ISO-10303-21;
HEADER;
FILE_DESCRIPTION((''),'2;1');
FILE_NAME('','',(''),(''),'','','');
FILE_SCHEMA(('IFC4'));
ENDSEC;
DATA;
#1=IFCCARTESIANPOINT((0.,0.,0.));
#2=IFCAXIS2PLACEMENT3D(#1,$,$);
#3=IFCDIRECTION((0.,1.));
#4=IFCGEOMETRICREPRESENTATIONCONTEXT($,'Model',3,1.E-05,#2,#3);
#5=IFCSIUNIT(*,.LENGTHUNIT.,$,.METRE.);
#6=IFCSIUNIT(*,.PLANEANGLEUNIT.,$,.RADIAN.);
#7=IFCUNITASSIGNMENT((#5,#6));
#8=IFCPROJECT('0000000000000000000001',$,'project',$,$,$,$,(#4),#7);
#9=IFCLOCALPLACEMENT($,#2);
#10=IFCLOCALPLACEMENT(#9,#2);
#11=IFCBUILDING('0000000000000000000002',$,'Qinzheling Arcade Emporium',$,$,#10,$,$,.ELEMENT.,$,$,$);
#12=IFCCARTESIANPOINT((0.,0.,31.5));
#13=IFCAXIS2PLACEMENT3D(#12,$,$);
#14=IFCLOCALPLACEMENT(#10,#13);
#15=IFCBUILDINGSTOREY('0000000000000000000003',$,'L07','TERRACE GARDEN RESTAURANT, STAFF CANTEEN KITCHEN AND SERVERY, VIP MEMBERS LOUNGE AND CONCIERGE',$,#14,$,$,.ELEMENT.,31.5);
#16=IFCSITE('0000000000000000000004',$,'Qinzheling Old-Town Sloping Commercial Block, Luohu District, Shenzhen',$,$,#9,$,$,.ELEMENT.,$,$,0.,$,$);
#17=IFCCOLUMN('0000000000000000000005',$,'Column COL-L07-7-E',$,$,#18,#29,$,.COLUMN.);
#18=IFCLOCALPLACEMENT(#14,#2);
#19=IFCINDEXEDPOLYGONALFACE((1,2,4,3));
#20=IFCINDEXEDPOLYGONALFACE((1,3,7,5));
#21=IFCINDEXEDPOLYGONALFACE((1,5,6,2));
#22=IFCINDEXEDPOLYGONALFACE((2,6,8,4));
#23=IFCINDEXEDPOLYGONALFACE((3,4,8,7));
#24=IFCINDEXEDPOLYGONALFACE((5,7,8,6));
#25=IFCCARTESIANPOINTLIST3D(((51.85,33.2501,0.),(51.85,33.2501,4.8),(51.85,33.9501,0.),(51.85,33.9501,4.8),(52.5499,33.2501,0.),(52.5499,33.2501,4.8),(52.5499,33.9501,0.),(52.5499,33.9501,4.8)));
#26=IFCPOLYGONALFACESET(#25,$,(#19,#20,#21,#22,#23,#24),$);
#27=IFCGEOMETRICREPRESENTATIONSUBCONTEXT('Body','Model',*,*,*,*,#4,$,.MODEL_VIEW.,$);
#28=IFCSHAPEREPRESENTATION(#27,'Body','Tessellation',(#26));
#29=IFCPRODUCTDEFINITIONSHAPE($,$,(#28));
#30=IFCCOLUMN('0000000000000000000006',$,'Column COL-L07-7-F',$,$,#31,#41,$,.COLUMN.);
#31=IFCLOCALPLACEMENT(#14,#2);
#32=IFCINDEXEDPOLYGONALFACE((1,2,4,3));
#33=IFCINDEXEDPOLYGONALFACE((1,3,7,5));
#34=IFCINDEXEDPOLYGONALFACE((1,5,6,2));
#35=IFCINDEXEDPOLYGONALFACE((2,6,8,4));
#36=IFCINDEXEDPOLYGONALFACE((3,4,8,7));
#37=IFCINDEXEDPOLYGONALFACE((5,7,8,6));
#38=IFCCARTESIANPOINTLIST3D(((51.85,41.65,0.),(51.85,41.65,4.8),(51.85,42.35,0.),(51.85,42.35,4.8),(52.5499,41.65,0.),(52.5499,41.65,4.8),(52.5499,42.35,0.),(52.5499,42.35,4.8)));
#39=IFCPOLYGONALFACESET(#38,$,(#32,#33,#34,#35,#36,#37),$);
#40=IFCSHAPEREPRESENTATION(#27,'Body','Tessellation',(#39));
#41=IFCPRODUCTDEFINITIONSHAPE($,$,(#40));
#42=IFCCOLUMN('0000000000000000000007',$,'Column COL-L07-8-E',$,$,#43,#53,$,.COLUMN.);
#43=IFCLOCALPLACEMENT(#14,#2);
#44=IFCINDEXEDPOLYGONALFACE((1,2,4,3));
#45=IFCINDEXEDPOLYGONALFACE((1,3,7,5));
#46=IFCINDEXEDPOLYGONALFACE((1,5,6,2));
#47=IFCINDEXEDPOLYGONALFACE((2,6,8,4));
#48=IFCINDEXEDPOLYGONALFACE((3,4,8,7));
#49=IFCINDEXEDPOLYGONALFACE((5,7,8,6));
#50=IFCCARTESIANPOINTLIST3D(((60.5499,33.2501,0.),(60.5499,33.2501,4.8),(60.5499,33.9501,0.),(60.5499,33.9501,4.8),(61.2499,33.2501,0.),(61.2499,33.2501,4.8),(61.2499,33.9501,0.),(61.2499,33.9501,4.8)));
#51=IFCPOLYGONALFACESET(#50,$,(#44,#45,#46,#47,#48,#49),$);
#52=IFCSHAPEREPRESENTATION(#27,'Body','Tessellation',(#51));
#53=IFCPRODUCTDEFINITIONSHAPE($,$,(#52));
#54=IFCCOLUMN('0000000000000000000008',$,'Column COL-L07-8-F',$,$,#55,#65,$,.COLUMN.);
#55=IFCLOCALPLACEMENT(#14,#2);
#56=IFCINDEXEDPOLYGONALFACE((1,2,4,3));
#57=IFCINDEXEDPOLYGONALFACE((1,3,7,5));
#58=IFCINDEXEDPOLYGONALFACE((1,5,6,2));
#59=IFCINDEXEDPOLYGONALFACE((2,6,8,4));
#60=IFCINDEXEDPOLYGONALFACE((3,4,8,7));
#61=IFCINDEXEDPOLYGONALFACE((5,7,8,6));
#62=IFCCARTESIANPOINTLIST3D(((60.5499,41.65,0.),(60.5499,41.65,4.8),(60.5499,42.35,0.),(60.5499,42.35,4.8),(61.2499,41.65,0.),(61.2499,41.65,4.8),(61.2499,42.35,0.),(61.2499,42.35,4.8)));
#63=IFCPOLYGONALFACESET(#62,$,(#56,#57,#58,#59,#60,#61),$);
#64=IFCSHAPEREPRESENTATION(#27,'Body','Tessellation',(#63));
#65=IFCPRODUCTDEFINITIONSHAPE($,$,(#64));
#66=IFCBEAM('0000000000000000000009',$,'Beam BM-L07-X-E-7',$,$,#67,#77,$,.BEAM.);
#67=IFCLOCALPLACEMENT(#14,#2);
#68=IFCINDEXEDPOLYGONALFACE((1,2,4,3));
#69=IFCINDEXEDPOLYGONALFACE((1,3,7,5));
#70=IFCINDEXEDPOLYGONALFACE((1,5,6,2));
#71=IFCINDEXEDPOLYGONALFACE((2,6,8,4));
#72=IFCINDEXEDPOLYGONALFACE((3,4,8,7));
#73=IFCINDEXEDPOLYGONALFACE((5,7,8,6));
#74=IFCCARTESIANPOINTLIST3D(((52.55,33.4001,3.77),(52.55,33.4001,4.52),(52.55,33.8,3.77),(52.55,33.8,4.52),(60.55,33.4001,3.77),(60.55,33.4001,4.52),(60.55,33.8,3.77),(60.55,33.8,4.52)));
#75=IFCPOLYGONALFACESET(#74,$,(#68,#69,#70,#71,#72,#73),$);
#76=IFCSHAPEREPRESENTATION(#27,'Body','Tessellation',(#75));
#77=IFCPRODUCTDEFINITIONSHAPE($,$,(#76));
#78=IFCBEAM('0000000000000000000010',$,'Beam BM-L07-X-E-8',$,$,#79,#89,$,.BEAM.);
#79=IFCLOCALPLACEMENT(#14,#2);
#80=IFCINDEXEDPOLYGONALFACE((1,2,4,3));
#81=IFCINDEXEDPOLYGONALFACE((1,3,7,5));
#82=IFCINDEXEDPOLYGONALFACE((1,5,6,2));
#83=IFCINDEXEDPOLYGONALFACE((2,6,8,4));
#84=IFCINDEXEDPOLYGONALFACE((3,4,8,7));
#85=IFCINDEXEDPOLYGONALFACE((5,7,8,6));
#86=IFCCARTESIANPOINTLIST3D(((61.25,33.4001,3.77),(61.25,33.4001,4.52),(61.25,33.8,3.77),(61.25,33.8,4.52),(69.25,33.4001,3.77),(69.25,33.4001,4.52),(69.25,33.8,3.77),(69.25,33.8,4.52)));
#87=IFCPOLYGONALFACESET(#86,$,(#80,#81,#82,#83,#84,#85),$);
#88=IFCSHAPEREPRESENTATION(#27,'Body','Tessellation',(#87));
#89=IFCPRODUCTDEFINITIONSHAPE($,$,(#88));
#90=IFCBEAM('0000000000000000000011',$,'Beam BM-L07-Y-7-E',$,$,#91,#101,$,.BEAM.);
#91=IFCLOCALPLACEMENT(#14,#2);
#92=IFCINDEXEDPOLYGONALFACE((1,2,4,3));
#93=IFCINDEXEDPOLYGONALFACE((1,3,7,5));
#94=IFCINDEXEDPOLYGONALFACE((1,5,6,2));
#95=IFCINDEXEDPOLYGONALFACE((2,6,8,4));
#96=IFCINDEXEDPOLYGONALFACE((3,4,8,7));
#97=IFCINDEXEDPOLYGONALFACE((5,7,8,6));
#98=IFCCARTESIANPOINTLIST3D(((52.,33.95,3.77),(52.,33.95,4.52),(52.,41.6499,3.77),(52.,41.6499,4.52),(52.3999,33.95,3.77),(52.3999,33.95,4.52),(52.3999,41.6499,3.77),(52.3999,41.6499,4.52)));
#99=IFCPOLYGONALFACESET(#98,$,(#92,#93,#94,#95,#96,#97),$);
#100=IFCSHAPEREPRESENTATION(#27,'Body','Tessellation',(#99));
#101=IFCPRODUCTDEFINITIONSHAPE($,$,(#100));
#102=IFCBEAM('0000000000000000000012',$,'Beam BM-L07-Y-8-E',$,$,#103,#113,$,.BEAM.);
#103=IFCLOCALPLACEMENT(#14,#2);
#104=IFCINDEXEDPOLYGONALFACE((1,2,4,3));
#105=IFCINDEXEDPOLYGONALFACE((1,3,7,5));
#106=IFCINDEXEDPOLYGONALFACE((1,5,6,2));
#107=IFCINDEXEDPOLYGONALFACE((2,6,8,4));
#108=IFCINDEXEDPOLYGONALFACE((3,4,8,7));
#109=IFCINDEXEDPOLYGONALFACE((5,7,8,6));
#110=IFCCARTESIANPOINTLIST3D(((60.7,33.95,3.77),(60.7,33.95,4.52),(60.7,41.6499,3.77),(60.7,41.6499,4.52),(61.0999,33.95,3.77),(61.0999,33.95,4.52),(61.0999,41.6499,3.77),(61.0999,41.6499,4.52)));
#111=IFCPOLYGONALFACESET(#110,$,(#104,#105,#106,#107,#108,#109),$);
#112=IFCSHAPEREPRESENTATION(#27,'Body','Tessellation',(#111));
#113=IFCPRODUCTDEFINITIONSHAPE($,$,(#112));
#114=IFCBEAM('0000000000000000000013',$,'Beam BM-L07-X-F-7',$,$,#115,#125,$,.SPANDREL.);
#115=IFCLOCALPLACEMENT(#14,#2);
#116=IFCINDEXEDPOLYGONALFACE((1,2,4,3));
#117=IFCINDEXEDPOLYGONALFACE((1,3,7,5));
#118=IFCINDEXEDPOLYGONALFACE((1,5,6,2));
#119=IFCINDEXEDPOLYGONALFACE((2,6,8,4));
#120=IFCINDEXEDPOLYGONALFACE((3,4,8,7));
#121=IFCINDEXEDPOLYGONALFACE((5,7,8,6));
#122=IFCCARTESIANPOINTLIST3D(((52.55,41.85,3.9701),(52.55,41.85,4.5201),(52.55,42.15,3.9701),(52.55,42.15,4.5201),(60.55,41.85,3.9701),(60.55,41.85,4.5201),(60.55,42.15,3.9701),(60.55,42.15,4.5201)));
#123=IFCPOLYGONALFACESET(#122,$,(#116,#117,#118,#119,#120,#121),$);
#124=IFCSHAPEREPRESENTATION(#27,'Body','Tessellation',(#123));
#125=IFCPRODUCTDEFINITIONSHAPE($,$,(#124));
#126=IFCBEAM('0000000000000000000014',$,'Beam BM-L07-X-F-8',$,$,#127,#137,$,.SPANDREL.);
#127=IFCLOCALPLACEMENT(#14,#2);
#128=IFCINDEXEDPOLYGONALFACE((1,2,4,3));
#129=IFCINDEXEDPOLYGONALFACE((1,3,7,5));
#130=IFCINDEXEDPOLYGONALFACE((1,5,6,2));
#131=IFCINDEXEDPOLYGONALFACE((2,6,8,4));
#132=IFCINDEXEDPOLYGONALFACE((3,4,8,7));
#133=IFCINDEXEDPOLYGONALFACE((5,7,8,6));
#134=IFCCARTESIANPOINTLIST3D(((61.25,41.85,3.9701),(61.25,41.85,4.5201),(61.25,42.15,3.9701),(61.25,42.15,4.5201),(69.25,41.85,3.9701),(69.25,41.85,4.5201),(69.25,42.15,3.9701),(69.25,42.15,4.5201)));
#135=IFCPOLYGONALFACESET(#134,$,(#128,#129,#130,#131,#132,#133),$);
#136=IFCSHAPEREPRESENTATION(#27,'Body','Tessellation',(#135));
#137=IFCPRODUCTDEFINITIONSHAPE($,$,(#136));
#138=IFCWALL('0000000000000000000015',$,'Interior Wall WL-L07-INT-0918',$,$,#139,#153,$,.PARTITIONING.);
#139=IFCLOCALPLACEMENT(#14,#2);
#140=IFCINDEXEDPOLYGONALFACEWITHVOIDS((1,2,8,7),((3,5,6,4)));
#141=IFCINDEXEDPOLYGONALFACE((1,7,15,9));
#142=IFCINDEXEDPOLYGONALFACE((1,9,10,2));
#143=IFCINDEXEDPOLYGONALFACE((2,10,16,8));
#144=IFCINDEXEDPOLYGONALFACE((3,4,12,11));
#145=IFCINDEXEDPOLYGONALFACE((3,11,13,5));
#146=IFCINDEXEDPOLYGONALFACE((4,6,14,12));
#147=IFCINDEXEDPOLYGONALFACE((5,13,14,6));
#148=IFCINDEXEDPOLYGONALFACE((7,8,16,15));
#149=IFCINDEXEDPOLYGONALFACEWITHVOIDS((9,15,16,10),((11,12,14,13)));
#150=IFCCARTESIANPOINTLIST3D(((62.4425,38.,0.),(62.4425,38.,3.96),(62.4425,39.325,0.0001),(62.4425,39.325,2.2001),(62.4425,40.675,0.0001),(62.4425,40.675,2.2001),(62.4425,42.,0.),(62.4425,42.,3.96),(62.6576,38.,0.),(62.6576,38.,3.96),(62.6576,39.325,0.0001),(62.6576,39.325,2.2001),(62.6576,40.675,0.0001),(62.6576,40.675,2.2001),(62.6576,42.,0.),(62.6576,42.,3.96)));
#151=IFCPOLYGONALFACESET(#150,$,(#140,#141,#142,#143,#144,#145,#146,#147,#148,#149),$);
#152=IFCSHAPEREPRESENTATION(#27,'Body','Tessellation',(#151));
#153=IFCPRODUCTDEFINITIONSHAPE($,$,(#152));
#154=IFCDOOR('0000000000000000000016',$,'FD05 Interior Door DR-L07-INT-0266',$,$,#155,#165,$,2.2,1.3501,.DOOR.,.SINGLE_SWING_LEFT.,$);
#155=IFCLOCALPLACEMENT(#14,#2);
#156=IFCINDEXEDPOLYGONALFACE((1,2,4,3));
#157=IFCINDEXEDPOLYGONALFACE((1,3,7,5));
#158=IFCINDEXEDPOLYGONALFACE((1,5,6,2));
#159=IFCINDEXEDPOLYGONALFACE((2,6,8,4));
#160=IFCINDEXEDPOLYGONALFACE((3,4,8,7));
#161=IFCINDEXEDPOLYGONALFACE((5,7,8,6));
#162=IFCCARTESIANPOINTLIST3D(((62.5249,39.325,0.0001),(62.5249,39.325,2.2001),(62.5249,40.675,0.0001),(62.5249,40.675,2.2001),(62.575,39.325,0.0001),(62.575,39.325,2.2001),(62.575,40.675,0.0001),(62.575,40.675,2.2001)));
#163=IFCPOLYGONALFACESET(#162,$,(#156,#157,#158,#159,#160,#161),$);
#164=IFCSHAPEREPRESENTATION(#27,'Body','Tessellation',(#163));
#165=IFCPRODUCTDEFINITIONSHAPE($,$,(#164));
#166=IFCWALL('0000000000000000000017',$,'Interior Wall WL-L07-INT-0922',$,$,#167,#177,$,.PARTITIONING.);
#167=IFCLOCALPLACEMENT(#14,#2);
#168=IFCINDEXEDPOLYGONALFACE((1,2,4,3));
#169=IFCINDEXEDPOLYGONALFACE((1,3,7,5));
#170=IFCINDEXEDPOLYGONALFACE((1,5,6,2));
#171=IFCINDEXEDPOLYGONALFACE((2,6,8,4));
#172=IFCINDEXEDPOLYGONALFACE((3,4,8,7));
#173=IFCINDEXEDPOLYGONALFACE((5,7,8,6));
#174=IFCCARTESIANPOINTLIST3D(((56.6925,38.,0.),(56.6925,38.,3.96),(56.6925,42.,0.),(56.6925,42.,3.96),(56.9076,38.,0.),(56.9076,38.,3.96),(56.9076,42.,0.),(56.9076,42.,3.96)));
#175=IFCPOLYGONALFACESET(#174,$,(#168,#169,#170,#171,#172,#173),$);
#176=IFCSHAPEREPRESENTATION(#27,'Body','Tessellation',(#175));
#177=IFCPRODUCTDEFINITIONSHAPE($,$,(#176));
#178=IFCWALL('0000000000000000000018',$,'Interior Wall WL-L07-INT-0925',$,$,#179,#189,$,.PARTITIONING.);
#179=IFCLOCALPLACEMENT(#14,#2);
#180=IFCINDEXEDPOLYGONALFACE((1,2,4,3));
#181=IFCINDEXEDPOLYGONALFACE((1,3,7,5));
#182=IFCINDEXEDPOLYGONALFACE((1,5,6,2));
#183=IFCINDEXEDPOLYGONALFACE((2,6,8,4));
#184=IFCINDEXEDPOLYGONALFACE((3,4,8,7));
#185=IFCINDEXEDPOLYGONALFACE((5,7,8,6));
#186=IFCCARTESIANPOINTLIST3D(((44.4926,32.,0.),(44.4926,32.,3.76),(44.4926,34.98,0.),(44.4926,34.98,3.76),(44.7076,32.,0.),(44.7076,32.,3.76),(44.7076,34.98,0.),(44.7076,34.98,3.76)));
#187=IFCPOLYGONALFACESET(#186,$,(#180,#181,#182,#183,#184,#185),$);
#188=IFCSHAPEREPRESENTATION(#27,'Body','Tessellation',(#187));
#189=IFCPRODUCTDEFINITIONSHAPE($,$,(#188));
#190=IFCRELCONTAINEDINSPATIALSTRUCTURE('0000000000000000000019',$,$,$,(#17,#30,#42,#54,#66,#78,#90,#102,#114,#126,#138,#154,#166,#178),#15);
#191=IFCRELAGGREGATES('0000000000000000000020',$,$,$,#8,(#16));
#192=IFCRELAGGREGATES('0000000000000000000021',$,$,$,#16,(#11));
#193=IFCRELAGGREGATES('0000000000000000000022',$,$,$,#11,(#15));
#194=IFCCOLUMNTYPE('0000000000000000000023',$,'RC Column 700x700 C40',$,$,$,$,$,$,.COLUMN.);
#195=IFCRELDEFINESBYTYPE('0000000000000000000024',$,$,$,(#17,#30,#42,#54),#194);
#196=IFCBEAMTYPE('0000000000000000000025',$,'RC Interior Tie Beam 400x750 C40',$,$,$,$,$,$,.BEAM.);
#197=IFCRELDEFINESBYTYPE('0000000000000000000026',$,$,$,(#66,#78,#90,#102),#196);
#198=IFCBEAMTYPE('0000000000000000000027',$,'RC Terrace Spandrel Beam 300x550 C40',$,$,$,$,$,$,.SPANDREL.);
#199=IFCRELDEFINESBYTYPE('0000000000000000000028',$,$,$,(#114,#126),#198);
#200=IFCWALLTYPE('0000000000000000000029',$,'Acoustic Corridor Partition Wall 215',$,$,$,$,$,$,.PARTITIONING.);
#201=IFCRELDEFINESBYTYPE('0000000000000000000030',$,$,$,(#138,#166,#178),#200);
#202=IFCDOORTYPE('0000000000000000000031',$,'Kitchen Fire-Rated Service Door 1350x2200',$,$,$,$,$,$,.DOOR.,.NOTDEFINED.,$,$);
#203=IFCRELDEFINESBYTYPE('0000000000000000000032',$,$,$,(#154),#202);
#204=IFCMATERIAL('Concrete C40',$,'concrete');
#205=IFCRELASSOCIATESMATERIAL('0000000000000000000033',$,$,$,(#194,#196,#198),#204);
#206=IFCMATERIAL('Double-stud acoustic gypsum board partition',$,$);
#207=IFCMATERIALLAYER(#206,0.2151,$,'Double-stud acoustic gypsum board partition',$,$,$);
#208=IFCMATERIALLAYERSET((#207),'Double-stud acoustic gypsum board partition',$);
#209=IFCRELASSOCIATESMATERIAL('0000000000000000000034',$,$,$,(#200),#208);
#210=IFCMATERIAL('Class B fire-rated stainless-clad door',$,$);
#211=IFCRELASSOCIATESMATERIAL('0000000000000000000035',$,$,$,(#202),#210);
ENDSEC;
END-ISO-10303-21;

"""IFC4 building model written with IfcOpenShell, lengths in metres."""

from ifc_helpers import new_model, si_unit, direction, frame, frame_2d, origin, origin_2d, place, context, subcontext, project, spatial, rectangle, extrude, material, layer, layer_set, material_profile, profile_set, type_object, element, fill, save


model = new_model("IFC4")

# Units and contexts
model_context = context("Model", 3, precision=1e-05, world=origin(), true_north=direction((0.0, 1.0)))
body_context = subcontext(model_context, "Body", "Model", "MODEL_VIEW")
ifc_project = project(units=[si_unit("LENGTHUNIT", "METRE"), si_unit("PLANEANGLEUNIT", "RADIAN")], contexts=[model_context])

# Site, building, storey
site_placement = place(None, origin())
site = spatial("IfcSite", under=ifc_project, at=site_placement, Name="Qinzheling Old-Town Sloping Commercial Block, Luohu District, Shenzhen", CompositionType="ELEMENT", RefElevation=0.0)
building_placement = place(site_placement, origin())
building = spatial("IfcBuilding", under=site, at=building_placement, Name="Qinzheling Arcade Emporium", CompositionType="ELEMENT")
storey_placement = place(building_placement, frame((0.0, 0.0, 31.5)))
storey = spatial("IfcBuildingStorey", under=building, at=storey_placement, Name="L07", Description="TERRACE GARDEN RESTAURANT, STAFF CANTEEN KITCHEN AND SERVERY, VIP MEMBERS LOUNGE AND CONCIERGE", CompositionType="ELEMENT", Elevation=31.5)

# Columns
ifc_material_1 = material(Name="Concrete C40", Category="concrete")
ifc_material_profile_1 = material_profile(ifc_material_1, rectangle(XDim=0.7, YDim=0.7, at=origin_2d()), Name="RC 700x700", Category="concrete")
ifc_profile_set_1 = profile_set([ifc_material_profile_1], Name="Concrete C40")
column_type = type_object("IfcColumnType", Name="RC Column 700x700 C40", PredefinedType="COLUMN", material=ifc_profile_set_1)
for number, where, z_axis, x_axis, name in (
    (1, (52.2, 33.6001, 0.0), (0.0, 0.0, 1.0), (1.0, 0.0, 0.0), "Column COL-L07-7-E"),
    (2, (52.2, 42.0, 0.0), (0.0, 0.0, 1.0), (1.0, 0.0, 0.0), "Column COL-L07-7-F"),
    (3, (60.8999, 33.6001, 0.0), (0.0, 0.0, 1.0), (1.0, 0.0, 0.0), "Column COL-L07-8-E"),
    (4, (60.8999, 42.0, 0.0), (0.0, 0.0, 1.0), (1.0, 0.0, 0.0), "Column COL-L07-8-F"),
):
    element("IfcColumn", number, at=place(storey_placement, frame(where, z_axis=z_axis, x_axis=x_axis)), inside=storey, type_object=column_type, Name=name, PredefinedType="COLUMN", context=body_context, shape_type="SweptSolid", body=[
        extrude(rectangle(XDim=0.7, YDim=0.7, at=origin_2d()), origin(), (0.0, 0.0, 1.0), 4.8),
    ])

# Beams
ifc_material_profile_2 = material_profile(ifc_material_1, rectangle(XDim=0.3999, YDim=0.75, at=origin_2d()), Name="RC 400x750", Category="concrete")
ifc_profile_set_2 = profile_set([ifc_material_profile_2], Name="Concrete C40")
beam_type_1 = type_object("IfcBeamType", Name="RC Interior Tie Beam 400x750 C40", PredefinedType="BEAM", material=ifc_profile_set_2)
for number, where, z_axis, x_axis, name in (
    (5, (52.55, 33.6001, 4.145), (1.0, 0.0, 0.0), (0.0, 1.0, 0.0), "Beam BM-L07-X-E-7"),
    (6, (61.25, 33.6001, 4.145), (1.0, 0.0, 0.0), (0.0, 1.0, 0.0), "Beam BM-L07-X-E-8"),
):
    element("IfcBeam", number, at=place(storey_placement, frame(where, z_axis=z_axis, x_axis=x_axis)), inside=storey, type_object=beam_type_1, Name=name, PredefinedType="BEAM", context=body_context, shape_type="SweptSolid", body=[
        extrude(rectangle(XDim=0.3999, YDim=0.75, at=origin_2d()), origin(), (0.0, 0.0, 1.0), 8.0),
    ])
for number, where, z_axis, x_axis, name in (
    (7, (52.2, 33.95, 4.145), (0.0, 1.0, 0.0), (-1.0, 0.0, 0.0), "Beam BM-L07-Y-7-E"),
    (8, (60.8999, 33.95, 4.145), (0.0, 1.0, 0.0), (-1.0, 0.0, 0.0), "Beam BM-L07-Y-8-E"),
):
    element("IfcBeam", number, at=place(storey_placement, frame(where, z_axis=z_axis, x_axis=x_axis)), inside=storey, type_object=beam_type_1, Name=name, PredefinedType="BEAM", context=body_context, shape_type="SweptSolid", body=[
        extrude(rectangle(XDim=0.3999, YDim=0.75, at=origin_2d()), origin(), (0.0, 0.0, 1.0), 7.7),
    ])
ifc_material_profile_3 = material_profile(ifc_material_1, rectangle(XDim=0.3, YDim=0.55, at=origin_2d()), Name="RC 300x550", Category="concrete")
ifc_profile_set_3 = profile_set([ifc_material_profile_3], Name="Concrete C40")
beam_type_2 = type_object("IfcBeamType", Name="RC Terrace Spandrel Beam 300x550 C40", PredefinedType="SPANDREL", material=ifc_profile_set_3)
for number, where, z_axis, x_axis, name in (
    (9, (52.55, 42.0, 4.2451), (1.0, 0.0, 0.0), (0.0, 1.0, 0.0), "Beam BM-L07-X-F-7"),
    (10, (61.25, 42.0, 4.2451), (1.0, 0.0, 0.0), (0.0, 1.0, 0.0), "Beam BM-L07-X-F-8"),
):
    element("IfcBeam", number, at=place(storey_placement, frame(where, z_axis=z_axis, x_axis=x_axis)), inside=storey, type_object=beam_type_2, Name=name, PredefinedType="SPANDREL", context=body_context, shape_type="SweptSolid", body=[
        extrude(rectangle(XDim=0.3, YDim=0.55, at=origin_2d()), origin(), (0.0, 0.0, 1.0), 8.0),
    ])

# Wall, opening, door
ifc_material_2 = material(Name="Double-stud acoustic gypsum board partition")
ifc_layer_1 = layer(ifc_material_2, 0.2151, Name="Double-stud acoustic gypsum board partition")
ifc_layer_set_1 = layer_set([ifc_layer_1], Name="Double-stud acoustic gypsum board partition")
wall_type_1 = type_object("IfcWallType", Name="Acoustic Corridor Partition Wall 215", PredefinedType="PARTITIONING", material=ifc_layer_set_1)
wall_1_placement = place(storey_placement, frame((62.55, 42.0, 0.0), z_axis=(0.0, 0.0, 1.0), x_axis=(0.0, -1.0, 0.0)))
wall_1 = element("IfcWall", 11, at=wall_1_placement, inside=storey, type_object=wall_type_1, Name="Interior Wall WL-L07-INT-0918", PredefinedType="PARTITIONING", context=body_context, shape_type="SweptSolid", body=[
    extrude(rectangle(XDim=4.0, YDim=0.2151, at=frame_2d((2.0, 0.0))), origin(), (0.0, 0.0, 1.0), 3.96),
])
opening_1_placement = place(wall_1_placement, frame((1.325, 0.0, 0.0)))
opening_1 = element("IfcOpeningElement", 12, at=opening_1_placement, cuts=wall_1, PredefinedType="OPENING", context=body_context, shape_type="SweptSolid", body=[
    extrude(rectangle(XDim=1.3501, YDim=2.2, at=frame_2d((0.675, 1.1001))), frame((0.0, 0.1177, 0.0), z_axis=(0.0, -1.0, 0.0), x_axis=(1.0, 0.0, 0.0)), (0.0, 0.0, 1.0), 0.2351),
])
ifc_material_3 = material(Name="Class B fire-rated stainless-clad door")
door_type_1 = type_object("IfcDoorType", Name="Kitchen Fire-Rated Service Door 1350x2200", OperationType="NOTDEFINED", PredefinedType="DOOR", material=ifc_material_3)
door_1_placement = place(opening_1_placement, origin())
door_1 = element("IfcDoor", 13, at=door_1_placement, inside=storey, type_object=door_type_1, Name="FD05 Interior Door DR-L07-INT-0266", OperationType="SINGLE_SWING_LEFT", OverallHeight=2.2, OverallWidth=1.3501, PredefinedType="DOOR", context=body_context, shape_type="SweptSolid", body=[
    extrude(rectangle(XDim=1.3501, YDim=2.2, at=frame_2d((0.675, 1.1001))), frame((0.0, 0.0249, 0.0), z_axis=(0.0, -1.0, 0.0), x_axis=(1.0, 0.0, 0.0)), (0.0, 0.0, 1.0), 0.05),
])
fill(opening_1, door_1)

# Walls
wall_2_placement = place(storey_placement, frame((56.8, 38.0, 0.0), z_axis=(0.0, 0.0, 1.0), x_axis=(0.0, 1.0, 0.0)))
element("IfcWall", 14, at=wall_2_placement, inside=storey, type_object=wall_type_1, Name="Interior Wall WL-L07-INT-0922", PredefinedType="PARTITIONING", context=body_context, shape_type="SweptSolid", body=[
    extrude(rectangle(XDim=4.0, YDim=0.2151, at=frame_2d((2.0, 0.0))), origin(), (0.0, 0.0, 1.0), 3.96),
])
wall_3_placement = place(storey_placement, frame((44.6001, 32.0, 0.0), z_axis=(0.0, 0.0, 1.0), x_axis=(0.0, 1.0, 0.0)))
element("IfcWall", 15, at=wall_3_placement, inside=storey, type_object=wall_type_1, Name="Interior Wall WL-L07-INT-0925", PredefinedType="PARTITIONING", context=body_context, shape_type="SweptSolid", body=[
    extrude(rectangle(XDim=2.98, YDim=0.2151, at=frame_2d((1.49, 0.0))), origin(), (0.0, 0.0, 1.0), 3.76),
])

save(model, "model.ifc")
